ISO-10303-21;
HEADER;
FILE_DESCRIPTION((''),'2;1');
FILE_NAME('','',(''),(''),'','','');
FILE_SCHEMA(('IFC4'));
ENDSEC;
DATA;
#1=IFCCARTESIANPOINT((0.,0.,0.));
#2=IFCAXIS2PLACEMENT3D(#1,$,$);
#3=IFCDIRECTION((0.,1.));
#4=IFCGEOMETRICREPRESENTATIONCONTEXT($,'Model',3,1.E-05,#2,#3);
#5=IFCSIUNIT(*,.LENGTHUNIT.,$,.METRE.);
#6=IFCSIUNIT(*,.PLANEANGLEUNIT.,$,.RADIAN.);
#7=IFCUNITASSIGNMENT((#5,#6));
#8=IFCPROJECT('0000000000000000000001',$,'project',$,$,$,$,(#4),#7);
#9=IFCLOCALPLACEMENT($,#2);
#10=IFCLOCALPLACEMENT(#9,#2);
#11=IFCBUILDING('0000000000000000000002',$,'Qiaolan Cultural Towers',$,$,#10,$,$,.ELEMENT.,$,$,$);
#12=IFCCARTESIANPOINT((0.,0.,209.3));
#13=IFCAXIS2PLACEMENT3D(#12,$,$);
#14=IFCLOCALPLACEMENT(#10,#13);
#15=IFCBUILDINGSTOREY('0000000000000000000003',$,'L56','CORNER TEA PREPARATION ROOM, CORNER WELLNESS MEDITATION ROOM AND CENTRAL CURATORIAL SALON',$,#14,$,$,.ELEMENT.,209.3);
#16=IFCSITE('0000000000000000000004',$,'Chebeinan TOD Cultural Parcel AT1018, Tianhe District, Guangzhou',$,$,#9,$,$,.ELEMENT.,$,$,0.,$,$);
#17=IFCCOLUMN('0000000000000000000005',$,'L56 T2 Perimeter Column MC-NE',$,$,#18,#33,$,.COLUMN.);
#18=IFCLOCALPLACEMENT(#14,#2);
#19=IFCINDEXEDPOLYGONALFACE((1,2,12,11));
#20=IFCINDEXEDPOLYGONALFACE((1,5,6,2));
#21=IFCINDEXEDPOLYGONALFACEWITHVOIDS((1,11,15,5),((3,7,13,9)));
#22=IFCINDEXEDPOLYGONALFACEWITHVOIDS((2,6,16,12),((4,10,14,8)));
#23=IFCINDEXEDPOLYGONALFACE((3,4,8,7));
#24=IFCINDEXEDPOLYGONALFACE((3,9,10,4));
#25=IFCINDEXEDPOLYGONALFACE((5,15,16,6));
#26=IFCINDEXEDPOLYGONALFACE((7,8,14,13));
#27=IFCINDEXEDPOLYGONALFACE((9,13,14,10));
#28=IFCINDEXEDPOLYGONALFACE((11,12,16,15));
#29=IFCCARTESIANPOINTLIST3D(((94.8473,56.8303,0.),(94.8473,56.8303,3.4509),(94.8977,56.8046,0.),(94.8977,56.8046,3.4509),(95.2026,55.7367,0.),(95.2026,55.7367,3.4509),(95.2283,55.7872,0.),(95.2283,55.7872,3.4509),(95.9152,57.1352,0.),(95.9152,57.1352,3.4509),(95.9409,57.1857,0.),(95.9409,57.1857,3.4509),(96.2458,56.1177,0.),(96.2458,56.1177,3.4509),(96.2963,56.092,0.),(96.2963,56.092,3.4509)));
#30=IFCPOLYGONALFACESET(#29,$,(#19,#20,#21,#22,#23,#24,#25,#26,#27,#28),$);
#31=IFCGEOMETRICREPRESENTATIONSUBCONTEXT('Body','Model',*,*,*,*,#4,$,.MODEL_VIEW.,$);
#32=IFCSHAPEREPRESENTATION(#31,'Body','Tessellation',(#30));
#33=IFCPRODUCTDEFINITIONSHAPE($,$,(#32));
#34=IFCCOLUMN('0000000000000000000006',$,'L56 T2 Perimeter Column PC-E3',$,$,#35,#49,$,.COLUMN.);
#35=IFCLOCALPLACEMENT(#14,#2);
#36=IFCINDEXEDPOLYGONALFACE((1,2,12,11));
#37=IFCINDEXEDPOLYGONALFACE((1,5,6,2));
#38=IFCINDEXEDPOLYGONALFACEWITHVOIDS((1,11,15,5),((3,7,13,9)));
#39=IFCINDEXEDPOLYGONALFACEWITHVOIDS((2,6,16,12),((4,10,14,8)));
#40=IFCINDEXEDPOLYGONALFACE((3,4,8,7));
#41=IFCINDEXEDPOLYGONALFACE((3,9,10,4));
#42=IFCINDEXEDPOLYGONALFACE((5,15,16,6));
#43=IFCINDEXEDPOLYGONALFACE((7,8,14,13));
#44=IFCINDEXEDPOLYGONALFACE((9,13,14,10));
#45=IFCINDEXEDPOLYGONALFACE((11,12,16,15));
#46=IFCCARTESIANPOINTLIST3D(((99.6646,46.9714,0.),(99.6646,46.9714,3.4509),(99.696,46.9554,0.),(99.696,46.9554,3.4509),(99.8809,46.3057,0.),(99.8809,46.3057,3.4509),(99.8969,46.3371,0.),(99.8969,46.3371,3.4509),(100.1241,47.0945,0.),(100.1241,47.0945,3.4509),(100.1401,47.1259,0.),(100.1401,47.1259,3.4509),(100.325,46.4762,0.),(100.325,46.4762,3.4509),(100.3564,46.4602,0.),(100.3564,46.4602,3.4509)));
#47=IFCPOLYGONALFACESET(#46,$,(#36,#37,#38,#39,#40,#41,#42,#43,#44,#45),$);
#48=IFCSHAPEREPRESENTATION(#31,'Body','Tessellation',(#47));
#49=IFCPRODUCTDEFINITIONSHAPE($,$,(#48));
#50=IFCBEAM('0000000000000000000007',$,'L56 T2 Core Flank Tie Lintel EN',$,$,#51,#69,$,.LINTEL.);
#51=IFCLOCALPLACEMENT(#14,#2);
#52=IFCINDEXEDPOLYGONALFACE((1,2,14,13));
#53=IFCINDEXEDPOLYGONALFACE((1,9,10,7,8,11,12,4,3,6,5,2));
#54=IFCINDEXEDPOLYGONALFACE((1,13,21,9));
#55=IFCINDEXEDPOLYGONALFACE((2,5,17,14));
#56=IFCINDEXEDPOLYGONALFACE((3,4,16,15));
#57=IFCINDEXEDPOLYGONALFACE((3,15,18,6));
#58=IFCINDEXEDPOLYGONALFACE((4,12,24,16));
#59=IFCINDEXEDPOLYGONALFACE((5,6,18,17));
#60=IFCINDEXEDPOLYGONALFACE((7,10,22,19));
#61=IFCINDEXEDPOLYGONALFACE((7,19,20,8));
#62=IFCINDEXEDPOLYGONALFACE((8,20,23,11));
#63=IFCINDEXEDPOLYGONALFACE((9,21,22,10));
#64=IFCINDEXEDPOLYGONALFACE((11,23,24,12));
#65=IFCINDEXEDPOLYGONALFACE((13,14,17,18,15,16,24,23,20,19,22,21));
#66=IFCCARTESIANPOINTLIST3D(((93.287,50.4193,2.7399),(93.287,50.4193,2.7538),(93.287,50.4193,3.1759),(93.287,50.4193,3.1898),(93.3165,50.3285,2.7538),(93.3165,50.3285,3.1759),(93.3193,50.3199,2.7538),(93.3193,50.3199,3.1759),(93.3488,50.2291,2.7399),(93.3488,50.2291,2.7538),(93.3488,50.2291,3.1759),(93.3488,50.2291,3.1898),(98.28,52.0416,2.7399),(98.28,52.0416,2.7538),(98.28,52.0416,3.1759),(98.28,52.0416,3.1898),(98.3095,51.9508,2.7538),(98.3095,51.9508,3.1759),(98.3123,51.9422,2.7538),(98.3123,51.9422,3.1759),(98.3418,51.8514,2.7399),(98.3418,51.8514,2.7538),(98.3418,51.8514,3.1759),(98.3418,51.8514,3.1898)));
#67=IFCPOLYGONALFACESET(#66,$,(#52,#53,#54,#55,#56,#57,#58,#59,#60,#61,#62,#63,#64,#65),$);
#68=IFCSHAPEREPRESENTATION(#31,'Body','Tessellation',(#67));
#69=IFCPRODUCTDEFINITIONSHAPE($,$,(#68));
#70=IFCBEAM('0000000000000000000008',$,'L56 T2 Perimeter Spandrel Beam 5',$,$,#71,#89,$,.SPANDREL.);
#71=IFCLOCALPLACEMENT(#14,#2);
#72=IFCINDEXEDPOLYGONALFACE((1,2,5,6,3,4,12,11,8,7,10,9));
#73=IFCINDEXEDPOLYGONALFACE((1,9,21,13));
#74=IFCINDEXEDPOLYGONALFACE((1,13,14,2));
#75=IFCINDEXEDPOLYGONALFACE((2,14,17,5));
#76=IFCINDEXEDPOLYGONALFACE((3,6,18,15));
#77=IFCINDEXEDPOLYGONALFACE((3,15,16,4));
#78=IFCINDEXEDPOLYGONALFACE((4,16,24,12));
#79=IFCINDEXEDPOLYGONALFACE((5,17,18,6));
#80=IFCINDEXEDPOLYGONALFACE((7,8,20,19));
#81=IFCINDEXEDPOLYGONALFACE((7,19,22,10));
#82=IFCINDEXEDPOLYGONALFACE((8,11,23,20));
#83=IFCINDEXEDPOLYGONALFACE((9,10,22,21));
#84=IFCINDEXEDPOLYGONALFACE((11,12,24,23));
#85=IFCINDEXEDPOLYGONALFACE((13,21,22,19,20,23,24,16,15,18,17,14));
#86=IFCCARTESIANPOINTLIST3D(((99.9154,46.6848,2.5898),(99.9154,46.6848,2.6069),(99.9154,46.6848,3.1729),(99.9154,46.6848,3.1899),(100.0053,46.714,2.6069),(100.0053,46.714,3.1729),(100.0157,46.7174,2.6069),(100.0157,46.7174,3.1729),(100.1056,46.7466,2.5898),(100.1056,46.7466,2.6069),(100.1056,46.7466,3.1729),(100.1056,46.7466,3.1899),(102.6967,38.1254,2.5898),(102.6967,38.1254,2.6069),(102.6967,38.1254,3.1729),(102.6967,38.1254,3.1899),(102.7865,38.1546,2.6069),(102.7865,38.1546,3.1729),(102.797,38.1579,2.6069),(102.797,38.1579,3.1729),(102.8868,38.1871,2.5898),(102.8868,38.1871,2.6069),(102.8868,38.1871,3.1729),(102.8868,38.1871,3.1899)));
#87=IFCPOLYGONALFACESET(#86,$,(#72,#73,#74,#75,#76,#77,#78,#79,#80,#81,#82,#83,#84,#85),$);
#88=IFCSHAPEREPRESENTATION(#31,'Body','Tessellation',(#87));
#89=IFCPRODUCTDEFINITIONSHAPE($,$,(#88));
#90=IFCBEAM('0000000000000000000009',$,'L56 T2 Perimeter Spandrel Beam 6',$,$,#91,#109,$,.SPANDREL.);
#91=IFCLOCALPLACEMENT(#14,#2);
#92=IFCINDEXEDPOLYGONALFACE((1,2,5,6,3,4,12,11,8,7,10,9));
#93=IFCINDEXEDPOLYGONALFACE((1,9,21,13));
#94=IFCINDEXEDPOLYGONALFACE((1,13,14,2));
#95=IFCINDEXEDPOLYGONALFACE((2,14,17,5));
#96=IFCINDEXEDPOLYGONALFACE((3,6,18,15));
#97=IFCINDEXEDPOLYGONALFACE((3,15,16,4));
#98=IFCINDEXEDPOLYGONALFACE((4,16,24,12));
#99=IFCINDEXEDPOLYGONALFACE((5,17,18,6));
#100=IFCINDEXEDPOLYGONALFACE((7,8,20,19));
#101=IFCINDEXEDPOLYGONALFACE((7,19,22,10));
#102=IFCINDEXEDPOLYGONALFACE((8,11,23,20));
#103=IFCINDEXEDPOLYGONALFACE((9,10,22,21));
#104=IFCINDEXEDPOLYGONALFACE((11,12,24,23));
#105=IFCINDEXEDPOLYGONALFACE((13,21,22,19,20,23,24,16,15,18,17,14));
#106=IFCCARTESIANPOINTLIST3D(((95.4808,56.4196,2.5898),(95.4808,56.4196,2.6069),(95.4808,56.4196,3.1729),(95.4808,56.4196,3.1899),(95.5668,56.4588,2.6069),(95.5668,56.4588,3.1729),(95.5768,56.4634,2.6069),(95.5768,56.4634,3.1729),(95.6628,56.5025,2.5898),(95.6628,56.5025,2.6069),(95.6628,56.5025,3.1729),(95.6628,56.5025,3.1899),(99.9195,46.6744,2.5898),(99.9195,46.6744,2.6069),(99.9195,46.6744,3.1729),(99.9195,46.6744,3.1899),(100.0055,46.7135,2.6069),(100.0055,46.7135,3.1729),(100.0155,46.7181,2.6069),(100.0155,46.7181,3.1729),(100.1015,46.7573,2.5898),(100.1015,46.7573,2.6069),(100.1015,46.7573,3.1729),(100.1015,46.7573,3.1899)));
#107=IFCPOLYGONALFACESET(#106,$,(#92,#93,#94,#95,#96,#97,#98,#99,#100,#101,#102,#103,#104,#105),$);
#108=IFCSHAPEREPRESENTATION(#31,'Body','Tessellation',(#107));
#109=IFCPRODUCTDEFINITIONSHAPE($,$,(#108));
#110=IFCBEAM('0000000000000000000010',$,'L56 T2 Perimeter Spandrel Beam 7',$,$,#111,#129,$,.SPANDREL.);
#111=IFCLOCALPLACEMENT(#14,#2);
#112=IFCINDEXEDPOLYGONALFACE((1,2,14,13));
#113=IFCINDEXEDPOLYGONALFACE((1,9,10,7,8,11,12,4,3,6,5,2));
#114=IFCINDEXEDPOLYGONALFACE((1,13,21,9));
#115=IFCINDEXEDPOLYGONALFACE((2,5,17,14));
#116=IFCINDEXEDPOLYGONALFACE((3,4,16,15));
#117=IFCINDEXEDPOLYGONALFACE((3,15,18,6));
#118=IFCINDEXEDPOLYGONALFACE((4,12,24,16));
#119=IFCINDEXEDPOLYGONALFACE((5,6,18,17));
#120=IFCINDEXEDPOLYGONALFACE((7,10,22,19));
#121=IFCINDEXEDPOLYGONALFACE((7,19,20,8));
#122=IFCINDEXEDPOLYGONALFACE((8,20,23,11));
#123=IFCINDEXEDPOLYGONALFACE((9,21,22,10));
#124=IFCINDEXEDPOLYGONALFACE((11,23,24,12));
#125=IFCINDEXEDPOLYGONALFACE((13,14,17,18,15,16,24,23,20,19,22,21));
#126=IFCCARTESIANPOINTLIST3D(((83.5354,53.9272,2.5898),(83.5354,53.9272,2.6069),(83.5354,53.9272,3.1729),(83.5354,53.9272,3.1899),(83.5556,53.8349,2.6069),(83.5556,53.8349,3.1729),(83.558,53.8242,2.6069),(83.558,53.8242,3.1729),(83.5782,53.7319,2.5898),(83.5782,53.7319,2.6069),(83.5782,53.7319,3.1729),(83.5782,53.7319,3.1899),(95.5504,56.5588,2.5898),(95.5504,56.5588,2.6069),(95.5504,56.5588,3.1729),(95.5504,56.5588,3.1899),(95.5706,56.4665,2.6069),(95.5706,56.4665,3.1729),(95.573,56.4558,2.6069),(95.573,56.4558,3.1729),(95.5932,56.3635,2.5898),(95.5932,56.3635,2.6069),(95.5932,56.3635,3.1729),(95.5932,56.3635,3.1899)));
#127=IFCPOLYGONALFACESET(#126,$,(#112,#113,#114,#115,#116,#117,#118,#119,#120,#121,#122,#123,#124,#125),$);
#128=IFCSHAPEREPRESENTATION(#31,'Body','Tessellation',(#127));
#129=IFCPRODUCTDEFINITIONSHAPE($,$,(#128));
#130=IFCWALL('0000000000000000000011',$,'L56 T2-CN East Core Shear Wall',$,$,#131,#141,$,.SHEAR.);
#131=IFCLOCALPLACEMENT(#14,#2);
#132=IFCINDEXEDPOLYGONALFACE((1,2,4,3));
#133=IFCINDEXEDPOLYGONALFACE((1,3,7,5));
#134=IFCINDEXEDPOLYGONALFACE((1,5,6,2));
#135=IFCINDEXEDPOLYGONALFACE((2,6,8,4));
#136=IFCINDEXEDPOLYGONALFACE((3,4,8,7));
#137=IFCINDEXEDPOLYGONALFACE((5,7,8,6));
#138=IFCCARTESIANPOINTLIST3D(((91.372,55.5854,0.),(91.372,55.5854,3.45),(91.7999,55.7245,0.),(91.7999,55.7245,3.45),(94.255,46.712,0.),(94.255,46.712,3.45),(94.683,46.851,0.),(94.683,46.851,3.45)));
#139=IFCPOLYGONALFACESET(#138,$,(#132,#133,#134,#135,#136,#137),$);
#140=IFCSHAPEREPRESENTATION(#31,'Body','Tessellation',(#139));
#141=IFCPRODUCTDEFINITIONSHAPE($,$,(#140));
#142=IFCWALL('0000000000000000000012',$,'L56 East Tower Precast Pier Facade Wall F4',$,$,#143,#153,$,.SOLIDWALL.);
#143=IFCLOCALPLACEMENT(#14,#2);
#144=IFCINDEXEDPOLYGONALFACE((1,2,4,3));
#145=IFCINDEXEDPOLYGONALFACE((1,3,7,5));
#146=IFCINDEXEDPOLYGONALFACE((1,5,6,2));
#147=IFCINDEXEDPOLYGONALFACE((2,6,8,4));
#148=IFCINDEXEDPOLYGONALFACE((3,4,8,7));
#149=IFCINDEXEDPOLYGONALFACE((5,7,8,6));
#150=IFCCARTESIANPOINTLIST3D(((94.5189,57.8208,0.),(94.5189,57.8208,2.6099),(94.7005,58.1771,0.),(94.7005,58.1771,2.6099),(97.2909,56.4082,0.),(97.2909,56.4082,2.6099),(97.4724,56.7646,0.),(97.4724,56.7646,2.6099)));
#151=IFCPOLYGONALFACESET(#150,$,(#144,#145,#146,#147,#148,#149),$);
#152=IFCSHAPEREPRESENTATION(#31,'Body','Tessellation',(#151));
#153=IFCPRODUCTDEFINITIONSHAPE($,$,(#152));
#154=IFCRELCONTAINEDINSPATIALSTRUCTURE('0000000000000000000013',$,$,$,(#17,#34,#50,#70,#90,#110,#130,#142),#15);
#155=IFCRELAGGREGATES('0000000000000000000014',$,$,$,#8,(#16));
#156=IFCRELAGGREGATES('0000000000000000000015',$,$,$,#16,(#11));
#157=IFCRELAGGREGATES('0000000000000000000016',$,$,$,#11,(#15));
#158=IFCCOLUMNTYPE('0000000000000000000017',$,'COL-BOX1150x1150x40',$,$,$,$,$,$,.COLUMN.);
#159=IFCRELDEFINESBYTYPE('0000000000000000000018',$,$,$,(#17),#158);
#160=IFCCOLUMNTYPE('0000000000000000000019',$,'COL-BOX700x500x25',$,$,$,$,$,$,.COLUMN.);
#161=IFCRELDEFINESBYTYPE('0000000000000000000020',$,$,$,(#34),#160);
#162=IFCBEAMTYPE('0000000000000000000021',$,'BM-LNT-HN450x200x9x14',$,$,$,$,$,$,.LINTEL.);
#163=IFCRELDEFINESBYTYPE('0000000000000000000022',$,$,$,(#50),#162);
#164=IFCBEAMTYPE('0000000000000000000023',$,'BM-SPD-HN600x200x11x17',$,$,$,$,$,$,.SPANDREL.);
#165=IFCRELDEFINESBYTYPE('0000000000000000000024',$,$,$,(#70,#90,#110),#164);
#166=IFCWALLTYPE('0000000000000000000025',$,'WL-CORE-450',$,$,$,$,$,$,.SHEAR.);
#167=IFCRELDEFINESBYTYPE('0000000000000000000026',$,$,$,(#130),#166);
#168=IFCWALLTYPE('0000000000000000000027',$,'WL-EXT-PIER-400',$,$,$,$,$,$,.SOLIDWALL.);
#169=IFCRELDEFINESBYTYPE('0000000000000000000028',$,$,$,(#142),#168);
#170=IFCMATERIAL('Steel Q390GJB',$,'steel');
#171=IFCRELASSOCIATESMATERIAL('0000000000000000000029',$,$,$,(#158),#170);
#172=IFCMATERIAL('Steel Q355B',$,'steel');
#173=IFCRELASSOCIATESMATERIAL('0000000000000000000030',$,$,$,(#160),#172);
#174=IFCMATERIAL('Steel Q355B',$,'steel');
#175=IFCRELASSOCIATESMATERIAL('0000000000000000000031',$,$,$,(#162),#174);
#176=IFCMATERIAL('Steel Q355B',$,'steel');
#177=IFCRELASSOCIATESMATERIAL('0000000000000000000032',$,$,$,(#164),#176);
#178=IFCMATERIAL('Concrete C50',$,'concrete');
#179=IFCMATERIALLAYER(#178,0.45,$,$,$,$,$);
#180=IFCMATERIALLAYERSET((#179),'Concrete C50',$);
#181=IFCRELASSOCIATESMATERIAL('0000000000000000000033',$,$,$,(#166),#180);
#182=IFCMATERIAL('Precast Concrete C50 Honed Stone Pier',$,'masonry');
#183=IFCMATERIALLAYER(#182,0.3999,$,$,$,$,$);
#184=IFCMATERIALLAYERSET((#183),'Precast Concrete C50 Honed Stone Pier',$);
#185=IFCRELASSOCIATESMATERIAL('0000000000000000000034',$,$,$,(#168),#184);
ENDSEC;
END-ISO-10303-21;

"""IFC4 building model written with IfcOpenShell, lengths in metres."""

from ifc_helpers import new_model, si_unit, direction, frame, frame_2d, origin, origin_2d, place, context, subcontext, project, spatial, rectangle, hollow_rectangle, i_section, extrude, material, layer, layer_set, material_profile, profile_set, type_object, element, save


model = new_model("IFC4")

# Units and contexts
model_context = context("Model", 3, precision=1e-05, world=origin(), true_north=direction((0.0, 1.0)))
body_context = subcontext(model_context, "Body", "Model", "MODEL_VIEW")
ifc_project = project(units=[si_unit("LENGTHUNIT", "METRE"), si_unit("PLANEANGLEUNIT", "RADIAN")], contexts=[model_context])

# Site, building, storey
site_placement = place(None, origin())
site = spatial("IfcSite", under=ifc_project, at=site_placement, Name="Chebeinan TOD Cultural Parcel AT1018, Tianhe District, Guangzhou", CompositionType="ELEMENT", RefElevation=0.0)
building_placement = place(site_placement, origin())
building = spatial("IfcBuilding", under=site, at=building_placement, Name="Qiaolan Cultural Towers", CompositionType="ELEMENT")
storey_placement = place(building_placement, frame((0.0, 0.0, 209.3)))
storey = spatial("IfcBuildingStorey", under=building, at=storey_placement, Name="L56", Description="CORNER TEA PREPARATION ROOM, CORNER WELLNESS MEDITATION ROOM AND CENTRAL CURATORIAL SALON", CompositionType="ELEMENT", Elevation=209.3)

# Columns
ifc_material_1 = material(Name="Steel Q390GJB", Category="steel")
ifc_material_profile_1 = material_profile(ifc_material_1, hollow_rectangle(XDim=1.1499, YDim=1.1499, WallThickness=0.04, at=origin_2d()), Name="BOX1150x1150x40")
ifc_profile_set_1 = profile_set([ifc_material_profile_1], Name="Steel Q390GJB")
column_type_1 = type_object("IfcColumnType", Name="COL-BOX1150x1150x40", PredefinedType="COLUMN", material=ifc_profile_set_1)
column_1_placement = place(storey_placement, frame((95.5718, 56.4612, 0.0), z_axis=(0.0, 0.0, 1.0), x_axis=(0.951057, 0.309017, 0.0)))
element("IfcColumn", 1, at=column_1_placement, inside=storey, type_object=column_type_1, Name="L56 T2 Perimeter Column MC-NE", PredefinedType="COLUMN", context=body_context, shape_type="SweptSolid", body=[
    extrude(hollow_rectangle(XDim=1.1499, YDim=1.1499, WallThickness=0.04, at=origin_2d()), origin(), (0.0, 0.0, 1.0), 3.4509),
])
ifc_material_2 = material(Name="Steel Q355B", Category="steel")
ifc_material_profile_2 = material_profile(ifc_material_2, hollow_rectangle(XDim=0.5, YDim=0.7, WallThickness=0.0249, at=origin_2d()), Name="BOX700x500x25")
ifc_profile_set_2 = profile_set([ifc_material_profile_2], Name="Steel Q355B")
column_type_2 = type_object("IfcColumnType", Name="COL-BOX700x500x25", PredefinedType="COLUMN", material=ifc_profile_set_2)
column_2_placement = place(storey_placement, frame((100.0105, 46.7158, 0.0), z_axis=(0.0, 0.0, 1.0), x_axis=(0.951057, 0.309017, 0.0)))
element("IfcColumn", 2, at=column_2_placement, inside=storey, type_object=column_type_2, Name="L56 T2 Perimeter Column PC-E3", PredefinedType="COLUMN", context=body_context, shape_type="SweptSolid", body=[
    extrude(hollow_rectangle(XDim=0.5, YDim=0.7, WallThickness=0.0249, at=origin_2d()), origin(), (0.0, 0.0, 1.0), 3.4509),
])

# Beams
ifc_material_3 = material(Name="Steel Q355B", Category="steel")
ifc_material_profile_3 = material_profile(ifc_material_3, i_section(OverallWidth=0.2, OverallDepth=0.45, WebThickness=0.009, FlangeThickness=0.0139, at=origin_2d()), Name="HN450x200x9x14")
ifc_profile_set_3 = profile_set([ifc_material_profile_3], Name="Steel Q355B")
beam_type_1 = type_object("IfcBeamType", Name="BM-LNT-HN450x200x9x14", PredefinedType="LINTEL", material=ifc_profile_set_3)
beam_1_placement = place(storey_placement, frame((93.3179, 50.3242, 2.9648), z_axis=(0.95106, 0.309006, 0.0), x_axis=(-0.309006, 0.95106, 0.0)))
element("IfcBeam", 3, at=beam_1_placement, inside=storey, type_object=beam_type_1, Name="L56 T2 Core Flank Tie Lintel EN", PredefinedType="LINTEL", context=body_context, shape_type="SweptSolid", body=[
    extrude(i_section(OverallWidth=0.2, OverallDepth=0.45, WebThickness=0.009, FlangeThickness=0.0139, at=origin_2d()), origin(), (0.0, 0.0, 1.0), 5.25),
])
ifc_material_4 = material(Name="Steel Q355B", Category="steel")
ifc_material_profile_4 = material_profile(ifc_material_4, i_section(OverallWidth=0.2, OverallDepth=0.6001, WebThickness=0.011, FlangeThickness=0.0171, at=origin_2d()), Name="HN600x200x11x17")
ifc_profile_set_4 = profile_set([ifc_material_profile_4], Name="Steel Q355B")
beam_type_2 = type_object("IfcBeamType", Name="BM-SPD-HN600x200x11x17", PredefinedType="SPANDREL", material=ifc_profile_set_4)
beam_2_placement = place(storey_placement, frame((102.7917, 38.1562, 2.8899), z_axis=(-0.309025, 0.951054, 0.0), x_axis=(-0.951054, -0.309025, 0.0)))
element("IfcBeam", 4, at=beam_2_placement, inside=storey, type_object=beam_type_2, Name="L56 T2 Perimeter Spandrel Beam 5", PredefinedType="SPANDREL", context=body_context, shape_type="SweptSolid", body=[
    extrude(i_section(OverallWidth=0.2, OverallDepth=0.6001, WebThickness=0.011, FlangeThickness=0.0171, at=origin_2d()), origin(), (0.0, 0.0, 1.0), 9.0),
])
beam_3_placement = place(storey_placement, frame((100.0105, 46.7158, 2.8899), z_axis=(-0.4145, 0.910049, 0.0), x_axis=(-0.910049, -0.4145, 0.0)))
element("IfcBeam", 5, at=beam_3_placement, inside=storey, type_object=beam_type_2, Name="L56 T2 Perimeter Spandrel Beam 6", PredefinedType="SPANDREL", context=body_context, shape_type="SweptSolid", body=[
    extrude(i_section(OverallWidth=0.2, OverallDepth=0.6001, WebThickness=0.011, FlangeThickness=0.0171, at=origin_2d()), origin(), (0.0, 0.0, 1.0), 10.7085),
])
beam_4_placement = place(storey_placement, frame((95.5718, 56.4612, 2.8899), z_axis=(-0.976843, -0.213956, 0.0), x_axis=(0.213956, -0.976843, 0.0)))
element("IfcBeam", 6, at=beam_4_placement, inside=storey, type_object=beam_type_2, Name="L56 T2 Perimeter Spandrel Beam 7", PredefinedType="SPANDREL", context=body_context, shape_type="SweptSolid", body=[
    extrude(i_section(OverallWidth=0.2, OverallDepth=0.6001, WebThickness=0.011, FlangeThickness=0.0171, at=origin_2d()), origin(), (0.0, 0.0, 1.0), 12.2998),
])

# Walls
ifc_material_5 = material(Name="Concrete C50", Category="concrete")
ifc_layer_1 = layer(ifc_material_5, 0.45)
ifc_layer_set_1 = layer_set([ifc_layer_1], Name="Concrete C50")
wall_type_1 = type_object("IfcWallType", Name="WL-CORE-450", PredefinedType="SHEAR", material=ifc_layer_set_1)
wall_1_placement = place(storey_placement, frame((94.469, 46.7815, 0.0), z_axis=(0.0, 0.0, 1.0), x_axis=(-0.309004, 0.951061, 0.0)))
element("IfcWall", 7, at=wall_1_placement, inside=storey, type_object=wall_type_1, Name="L56 T2-CN East Core Shear Wall", PredefinedType="SHEAR", context=body_context, shape_type="SweptSolid", body=[
    extrude(rectangle(XDim=9.3301, YDim=0.45, at=frame_2d((4.665, 0.0))), origin(), (0.0, 0.0, 1.0), 3.45),
])
ifc_material_6 = material(Name="Precast Concrete C50 Honed Stone Pier", Category="masonry")
ifc_layer_2 = layer(ifc_material_6, 0.3999)
ifc_layer_set_2 = layer_set([ifc_layer_2], Name="Precast Concrete C50 Honed Stone Pier")
wall_type_2 = type_object("IfcWallType", Name="WL-EXT-PIER-400", PredefinedType="SOLIDWALL", material=ifc_layer_set_2)
wall_2_placement = place(storey_placement, frame((94.6096, 57.999, 0.0), z_axis=(0.0, 0.0, 1.0), x_axis=(0.89098, -0.454043, 0.0)))
element("IfcWall", 8, at=wall_2_placement, inside=storey, type_object=wall_type_2, Name="L56 East Tower Precast Pier Facade Wall F4", PredefinedType="SOLIDWALL", context=body_context, shape_type="SweptSolid", body=[
    extrude(rectangle(XDim=3.1111, YDim=0.3999, at=frame_2d((1.5557, 0.0))), origin(), (0.0, 0.0, 1.0), 2.6099),
])

save(model, "model.ifc")
